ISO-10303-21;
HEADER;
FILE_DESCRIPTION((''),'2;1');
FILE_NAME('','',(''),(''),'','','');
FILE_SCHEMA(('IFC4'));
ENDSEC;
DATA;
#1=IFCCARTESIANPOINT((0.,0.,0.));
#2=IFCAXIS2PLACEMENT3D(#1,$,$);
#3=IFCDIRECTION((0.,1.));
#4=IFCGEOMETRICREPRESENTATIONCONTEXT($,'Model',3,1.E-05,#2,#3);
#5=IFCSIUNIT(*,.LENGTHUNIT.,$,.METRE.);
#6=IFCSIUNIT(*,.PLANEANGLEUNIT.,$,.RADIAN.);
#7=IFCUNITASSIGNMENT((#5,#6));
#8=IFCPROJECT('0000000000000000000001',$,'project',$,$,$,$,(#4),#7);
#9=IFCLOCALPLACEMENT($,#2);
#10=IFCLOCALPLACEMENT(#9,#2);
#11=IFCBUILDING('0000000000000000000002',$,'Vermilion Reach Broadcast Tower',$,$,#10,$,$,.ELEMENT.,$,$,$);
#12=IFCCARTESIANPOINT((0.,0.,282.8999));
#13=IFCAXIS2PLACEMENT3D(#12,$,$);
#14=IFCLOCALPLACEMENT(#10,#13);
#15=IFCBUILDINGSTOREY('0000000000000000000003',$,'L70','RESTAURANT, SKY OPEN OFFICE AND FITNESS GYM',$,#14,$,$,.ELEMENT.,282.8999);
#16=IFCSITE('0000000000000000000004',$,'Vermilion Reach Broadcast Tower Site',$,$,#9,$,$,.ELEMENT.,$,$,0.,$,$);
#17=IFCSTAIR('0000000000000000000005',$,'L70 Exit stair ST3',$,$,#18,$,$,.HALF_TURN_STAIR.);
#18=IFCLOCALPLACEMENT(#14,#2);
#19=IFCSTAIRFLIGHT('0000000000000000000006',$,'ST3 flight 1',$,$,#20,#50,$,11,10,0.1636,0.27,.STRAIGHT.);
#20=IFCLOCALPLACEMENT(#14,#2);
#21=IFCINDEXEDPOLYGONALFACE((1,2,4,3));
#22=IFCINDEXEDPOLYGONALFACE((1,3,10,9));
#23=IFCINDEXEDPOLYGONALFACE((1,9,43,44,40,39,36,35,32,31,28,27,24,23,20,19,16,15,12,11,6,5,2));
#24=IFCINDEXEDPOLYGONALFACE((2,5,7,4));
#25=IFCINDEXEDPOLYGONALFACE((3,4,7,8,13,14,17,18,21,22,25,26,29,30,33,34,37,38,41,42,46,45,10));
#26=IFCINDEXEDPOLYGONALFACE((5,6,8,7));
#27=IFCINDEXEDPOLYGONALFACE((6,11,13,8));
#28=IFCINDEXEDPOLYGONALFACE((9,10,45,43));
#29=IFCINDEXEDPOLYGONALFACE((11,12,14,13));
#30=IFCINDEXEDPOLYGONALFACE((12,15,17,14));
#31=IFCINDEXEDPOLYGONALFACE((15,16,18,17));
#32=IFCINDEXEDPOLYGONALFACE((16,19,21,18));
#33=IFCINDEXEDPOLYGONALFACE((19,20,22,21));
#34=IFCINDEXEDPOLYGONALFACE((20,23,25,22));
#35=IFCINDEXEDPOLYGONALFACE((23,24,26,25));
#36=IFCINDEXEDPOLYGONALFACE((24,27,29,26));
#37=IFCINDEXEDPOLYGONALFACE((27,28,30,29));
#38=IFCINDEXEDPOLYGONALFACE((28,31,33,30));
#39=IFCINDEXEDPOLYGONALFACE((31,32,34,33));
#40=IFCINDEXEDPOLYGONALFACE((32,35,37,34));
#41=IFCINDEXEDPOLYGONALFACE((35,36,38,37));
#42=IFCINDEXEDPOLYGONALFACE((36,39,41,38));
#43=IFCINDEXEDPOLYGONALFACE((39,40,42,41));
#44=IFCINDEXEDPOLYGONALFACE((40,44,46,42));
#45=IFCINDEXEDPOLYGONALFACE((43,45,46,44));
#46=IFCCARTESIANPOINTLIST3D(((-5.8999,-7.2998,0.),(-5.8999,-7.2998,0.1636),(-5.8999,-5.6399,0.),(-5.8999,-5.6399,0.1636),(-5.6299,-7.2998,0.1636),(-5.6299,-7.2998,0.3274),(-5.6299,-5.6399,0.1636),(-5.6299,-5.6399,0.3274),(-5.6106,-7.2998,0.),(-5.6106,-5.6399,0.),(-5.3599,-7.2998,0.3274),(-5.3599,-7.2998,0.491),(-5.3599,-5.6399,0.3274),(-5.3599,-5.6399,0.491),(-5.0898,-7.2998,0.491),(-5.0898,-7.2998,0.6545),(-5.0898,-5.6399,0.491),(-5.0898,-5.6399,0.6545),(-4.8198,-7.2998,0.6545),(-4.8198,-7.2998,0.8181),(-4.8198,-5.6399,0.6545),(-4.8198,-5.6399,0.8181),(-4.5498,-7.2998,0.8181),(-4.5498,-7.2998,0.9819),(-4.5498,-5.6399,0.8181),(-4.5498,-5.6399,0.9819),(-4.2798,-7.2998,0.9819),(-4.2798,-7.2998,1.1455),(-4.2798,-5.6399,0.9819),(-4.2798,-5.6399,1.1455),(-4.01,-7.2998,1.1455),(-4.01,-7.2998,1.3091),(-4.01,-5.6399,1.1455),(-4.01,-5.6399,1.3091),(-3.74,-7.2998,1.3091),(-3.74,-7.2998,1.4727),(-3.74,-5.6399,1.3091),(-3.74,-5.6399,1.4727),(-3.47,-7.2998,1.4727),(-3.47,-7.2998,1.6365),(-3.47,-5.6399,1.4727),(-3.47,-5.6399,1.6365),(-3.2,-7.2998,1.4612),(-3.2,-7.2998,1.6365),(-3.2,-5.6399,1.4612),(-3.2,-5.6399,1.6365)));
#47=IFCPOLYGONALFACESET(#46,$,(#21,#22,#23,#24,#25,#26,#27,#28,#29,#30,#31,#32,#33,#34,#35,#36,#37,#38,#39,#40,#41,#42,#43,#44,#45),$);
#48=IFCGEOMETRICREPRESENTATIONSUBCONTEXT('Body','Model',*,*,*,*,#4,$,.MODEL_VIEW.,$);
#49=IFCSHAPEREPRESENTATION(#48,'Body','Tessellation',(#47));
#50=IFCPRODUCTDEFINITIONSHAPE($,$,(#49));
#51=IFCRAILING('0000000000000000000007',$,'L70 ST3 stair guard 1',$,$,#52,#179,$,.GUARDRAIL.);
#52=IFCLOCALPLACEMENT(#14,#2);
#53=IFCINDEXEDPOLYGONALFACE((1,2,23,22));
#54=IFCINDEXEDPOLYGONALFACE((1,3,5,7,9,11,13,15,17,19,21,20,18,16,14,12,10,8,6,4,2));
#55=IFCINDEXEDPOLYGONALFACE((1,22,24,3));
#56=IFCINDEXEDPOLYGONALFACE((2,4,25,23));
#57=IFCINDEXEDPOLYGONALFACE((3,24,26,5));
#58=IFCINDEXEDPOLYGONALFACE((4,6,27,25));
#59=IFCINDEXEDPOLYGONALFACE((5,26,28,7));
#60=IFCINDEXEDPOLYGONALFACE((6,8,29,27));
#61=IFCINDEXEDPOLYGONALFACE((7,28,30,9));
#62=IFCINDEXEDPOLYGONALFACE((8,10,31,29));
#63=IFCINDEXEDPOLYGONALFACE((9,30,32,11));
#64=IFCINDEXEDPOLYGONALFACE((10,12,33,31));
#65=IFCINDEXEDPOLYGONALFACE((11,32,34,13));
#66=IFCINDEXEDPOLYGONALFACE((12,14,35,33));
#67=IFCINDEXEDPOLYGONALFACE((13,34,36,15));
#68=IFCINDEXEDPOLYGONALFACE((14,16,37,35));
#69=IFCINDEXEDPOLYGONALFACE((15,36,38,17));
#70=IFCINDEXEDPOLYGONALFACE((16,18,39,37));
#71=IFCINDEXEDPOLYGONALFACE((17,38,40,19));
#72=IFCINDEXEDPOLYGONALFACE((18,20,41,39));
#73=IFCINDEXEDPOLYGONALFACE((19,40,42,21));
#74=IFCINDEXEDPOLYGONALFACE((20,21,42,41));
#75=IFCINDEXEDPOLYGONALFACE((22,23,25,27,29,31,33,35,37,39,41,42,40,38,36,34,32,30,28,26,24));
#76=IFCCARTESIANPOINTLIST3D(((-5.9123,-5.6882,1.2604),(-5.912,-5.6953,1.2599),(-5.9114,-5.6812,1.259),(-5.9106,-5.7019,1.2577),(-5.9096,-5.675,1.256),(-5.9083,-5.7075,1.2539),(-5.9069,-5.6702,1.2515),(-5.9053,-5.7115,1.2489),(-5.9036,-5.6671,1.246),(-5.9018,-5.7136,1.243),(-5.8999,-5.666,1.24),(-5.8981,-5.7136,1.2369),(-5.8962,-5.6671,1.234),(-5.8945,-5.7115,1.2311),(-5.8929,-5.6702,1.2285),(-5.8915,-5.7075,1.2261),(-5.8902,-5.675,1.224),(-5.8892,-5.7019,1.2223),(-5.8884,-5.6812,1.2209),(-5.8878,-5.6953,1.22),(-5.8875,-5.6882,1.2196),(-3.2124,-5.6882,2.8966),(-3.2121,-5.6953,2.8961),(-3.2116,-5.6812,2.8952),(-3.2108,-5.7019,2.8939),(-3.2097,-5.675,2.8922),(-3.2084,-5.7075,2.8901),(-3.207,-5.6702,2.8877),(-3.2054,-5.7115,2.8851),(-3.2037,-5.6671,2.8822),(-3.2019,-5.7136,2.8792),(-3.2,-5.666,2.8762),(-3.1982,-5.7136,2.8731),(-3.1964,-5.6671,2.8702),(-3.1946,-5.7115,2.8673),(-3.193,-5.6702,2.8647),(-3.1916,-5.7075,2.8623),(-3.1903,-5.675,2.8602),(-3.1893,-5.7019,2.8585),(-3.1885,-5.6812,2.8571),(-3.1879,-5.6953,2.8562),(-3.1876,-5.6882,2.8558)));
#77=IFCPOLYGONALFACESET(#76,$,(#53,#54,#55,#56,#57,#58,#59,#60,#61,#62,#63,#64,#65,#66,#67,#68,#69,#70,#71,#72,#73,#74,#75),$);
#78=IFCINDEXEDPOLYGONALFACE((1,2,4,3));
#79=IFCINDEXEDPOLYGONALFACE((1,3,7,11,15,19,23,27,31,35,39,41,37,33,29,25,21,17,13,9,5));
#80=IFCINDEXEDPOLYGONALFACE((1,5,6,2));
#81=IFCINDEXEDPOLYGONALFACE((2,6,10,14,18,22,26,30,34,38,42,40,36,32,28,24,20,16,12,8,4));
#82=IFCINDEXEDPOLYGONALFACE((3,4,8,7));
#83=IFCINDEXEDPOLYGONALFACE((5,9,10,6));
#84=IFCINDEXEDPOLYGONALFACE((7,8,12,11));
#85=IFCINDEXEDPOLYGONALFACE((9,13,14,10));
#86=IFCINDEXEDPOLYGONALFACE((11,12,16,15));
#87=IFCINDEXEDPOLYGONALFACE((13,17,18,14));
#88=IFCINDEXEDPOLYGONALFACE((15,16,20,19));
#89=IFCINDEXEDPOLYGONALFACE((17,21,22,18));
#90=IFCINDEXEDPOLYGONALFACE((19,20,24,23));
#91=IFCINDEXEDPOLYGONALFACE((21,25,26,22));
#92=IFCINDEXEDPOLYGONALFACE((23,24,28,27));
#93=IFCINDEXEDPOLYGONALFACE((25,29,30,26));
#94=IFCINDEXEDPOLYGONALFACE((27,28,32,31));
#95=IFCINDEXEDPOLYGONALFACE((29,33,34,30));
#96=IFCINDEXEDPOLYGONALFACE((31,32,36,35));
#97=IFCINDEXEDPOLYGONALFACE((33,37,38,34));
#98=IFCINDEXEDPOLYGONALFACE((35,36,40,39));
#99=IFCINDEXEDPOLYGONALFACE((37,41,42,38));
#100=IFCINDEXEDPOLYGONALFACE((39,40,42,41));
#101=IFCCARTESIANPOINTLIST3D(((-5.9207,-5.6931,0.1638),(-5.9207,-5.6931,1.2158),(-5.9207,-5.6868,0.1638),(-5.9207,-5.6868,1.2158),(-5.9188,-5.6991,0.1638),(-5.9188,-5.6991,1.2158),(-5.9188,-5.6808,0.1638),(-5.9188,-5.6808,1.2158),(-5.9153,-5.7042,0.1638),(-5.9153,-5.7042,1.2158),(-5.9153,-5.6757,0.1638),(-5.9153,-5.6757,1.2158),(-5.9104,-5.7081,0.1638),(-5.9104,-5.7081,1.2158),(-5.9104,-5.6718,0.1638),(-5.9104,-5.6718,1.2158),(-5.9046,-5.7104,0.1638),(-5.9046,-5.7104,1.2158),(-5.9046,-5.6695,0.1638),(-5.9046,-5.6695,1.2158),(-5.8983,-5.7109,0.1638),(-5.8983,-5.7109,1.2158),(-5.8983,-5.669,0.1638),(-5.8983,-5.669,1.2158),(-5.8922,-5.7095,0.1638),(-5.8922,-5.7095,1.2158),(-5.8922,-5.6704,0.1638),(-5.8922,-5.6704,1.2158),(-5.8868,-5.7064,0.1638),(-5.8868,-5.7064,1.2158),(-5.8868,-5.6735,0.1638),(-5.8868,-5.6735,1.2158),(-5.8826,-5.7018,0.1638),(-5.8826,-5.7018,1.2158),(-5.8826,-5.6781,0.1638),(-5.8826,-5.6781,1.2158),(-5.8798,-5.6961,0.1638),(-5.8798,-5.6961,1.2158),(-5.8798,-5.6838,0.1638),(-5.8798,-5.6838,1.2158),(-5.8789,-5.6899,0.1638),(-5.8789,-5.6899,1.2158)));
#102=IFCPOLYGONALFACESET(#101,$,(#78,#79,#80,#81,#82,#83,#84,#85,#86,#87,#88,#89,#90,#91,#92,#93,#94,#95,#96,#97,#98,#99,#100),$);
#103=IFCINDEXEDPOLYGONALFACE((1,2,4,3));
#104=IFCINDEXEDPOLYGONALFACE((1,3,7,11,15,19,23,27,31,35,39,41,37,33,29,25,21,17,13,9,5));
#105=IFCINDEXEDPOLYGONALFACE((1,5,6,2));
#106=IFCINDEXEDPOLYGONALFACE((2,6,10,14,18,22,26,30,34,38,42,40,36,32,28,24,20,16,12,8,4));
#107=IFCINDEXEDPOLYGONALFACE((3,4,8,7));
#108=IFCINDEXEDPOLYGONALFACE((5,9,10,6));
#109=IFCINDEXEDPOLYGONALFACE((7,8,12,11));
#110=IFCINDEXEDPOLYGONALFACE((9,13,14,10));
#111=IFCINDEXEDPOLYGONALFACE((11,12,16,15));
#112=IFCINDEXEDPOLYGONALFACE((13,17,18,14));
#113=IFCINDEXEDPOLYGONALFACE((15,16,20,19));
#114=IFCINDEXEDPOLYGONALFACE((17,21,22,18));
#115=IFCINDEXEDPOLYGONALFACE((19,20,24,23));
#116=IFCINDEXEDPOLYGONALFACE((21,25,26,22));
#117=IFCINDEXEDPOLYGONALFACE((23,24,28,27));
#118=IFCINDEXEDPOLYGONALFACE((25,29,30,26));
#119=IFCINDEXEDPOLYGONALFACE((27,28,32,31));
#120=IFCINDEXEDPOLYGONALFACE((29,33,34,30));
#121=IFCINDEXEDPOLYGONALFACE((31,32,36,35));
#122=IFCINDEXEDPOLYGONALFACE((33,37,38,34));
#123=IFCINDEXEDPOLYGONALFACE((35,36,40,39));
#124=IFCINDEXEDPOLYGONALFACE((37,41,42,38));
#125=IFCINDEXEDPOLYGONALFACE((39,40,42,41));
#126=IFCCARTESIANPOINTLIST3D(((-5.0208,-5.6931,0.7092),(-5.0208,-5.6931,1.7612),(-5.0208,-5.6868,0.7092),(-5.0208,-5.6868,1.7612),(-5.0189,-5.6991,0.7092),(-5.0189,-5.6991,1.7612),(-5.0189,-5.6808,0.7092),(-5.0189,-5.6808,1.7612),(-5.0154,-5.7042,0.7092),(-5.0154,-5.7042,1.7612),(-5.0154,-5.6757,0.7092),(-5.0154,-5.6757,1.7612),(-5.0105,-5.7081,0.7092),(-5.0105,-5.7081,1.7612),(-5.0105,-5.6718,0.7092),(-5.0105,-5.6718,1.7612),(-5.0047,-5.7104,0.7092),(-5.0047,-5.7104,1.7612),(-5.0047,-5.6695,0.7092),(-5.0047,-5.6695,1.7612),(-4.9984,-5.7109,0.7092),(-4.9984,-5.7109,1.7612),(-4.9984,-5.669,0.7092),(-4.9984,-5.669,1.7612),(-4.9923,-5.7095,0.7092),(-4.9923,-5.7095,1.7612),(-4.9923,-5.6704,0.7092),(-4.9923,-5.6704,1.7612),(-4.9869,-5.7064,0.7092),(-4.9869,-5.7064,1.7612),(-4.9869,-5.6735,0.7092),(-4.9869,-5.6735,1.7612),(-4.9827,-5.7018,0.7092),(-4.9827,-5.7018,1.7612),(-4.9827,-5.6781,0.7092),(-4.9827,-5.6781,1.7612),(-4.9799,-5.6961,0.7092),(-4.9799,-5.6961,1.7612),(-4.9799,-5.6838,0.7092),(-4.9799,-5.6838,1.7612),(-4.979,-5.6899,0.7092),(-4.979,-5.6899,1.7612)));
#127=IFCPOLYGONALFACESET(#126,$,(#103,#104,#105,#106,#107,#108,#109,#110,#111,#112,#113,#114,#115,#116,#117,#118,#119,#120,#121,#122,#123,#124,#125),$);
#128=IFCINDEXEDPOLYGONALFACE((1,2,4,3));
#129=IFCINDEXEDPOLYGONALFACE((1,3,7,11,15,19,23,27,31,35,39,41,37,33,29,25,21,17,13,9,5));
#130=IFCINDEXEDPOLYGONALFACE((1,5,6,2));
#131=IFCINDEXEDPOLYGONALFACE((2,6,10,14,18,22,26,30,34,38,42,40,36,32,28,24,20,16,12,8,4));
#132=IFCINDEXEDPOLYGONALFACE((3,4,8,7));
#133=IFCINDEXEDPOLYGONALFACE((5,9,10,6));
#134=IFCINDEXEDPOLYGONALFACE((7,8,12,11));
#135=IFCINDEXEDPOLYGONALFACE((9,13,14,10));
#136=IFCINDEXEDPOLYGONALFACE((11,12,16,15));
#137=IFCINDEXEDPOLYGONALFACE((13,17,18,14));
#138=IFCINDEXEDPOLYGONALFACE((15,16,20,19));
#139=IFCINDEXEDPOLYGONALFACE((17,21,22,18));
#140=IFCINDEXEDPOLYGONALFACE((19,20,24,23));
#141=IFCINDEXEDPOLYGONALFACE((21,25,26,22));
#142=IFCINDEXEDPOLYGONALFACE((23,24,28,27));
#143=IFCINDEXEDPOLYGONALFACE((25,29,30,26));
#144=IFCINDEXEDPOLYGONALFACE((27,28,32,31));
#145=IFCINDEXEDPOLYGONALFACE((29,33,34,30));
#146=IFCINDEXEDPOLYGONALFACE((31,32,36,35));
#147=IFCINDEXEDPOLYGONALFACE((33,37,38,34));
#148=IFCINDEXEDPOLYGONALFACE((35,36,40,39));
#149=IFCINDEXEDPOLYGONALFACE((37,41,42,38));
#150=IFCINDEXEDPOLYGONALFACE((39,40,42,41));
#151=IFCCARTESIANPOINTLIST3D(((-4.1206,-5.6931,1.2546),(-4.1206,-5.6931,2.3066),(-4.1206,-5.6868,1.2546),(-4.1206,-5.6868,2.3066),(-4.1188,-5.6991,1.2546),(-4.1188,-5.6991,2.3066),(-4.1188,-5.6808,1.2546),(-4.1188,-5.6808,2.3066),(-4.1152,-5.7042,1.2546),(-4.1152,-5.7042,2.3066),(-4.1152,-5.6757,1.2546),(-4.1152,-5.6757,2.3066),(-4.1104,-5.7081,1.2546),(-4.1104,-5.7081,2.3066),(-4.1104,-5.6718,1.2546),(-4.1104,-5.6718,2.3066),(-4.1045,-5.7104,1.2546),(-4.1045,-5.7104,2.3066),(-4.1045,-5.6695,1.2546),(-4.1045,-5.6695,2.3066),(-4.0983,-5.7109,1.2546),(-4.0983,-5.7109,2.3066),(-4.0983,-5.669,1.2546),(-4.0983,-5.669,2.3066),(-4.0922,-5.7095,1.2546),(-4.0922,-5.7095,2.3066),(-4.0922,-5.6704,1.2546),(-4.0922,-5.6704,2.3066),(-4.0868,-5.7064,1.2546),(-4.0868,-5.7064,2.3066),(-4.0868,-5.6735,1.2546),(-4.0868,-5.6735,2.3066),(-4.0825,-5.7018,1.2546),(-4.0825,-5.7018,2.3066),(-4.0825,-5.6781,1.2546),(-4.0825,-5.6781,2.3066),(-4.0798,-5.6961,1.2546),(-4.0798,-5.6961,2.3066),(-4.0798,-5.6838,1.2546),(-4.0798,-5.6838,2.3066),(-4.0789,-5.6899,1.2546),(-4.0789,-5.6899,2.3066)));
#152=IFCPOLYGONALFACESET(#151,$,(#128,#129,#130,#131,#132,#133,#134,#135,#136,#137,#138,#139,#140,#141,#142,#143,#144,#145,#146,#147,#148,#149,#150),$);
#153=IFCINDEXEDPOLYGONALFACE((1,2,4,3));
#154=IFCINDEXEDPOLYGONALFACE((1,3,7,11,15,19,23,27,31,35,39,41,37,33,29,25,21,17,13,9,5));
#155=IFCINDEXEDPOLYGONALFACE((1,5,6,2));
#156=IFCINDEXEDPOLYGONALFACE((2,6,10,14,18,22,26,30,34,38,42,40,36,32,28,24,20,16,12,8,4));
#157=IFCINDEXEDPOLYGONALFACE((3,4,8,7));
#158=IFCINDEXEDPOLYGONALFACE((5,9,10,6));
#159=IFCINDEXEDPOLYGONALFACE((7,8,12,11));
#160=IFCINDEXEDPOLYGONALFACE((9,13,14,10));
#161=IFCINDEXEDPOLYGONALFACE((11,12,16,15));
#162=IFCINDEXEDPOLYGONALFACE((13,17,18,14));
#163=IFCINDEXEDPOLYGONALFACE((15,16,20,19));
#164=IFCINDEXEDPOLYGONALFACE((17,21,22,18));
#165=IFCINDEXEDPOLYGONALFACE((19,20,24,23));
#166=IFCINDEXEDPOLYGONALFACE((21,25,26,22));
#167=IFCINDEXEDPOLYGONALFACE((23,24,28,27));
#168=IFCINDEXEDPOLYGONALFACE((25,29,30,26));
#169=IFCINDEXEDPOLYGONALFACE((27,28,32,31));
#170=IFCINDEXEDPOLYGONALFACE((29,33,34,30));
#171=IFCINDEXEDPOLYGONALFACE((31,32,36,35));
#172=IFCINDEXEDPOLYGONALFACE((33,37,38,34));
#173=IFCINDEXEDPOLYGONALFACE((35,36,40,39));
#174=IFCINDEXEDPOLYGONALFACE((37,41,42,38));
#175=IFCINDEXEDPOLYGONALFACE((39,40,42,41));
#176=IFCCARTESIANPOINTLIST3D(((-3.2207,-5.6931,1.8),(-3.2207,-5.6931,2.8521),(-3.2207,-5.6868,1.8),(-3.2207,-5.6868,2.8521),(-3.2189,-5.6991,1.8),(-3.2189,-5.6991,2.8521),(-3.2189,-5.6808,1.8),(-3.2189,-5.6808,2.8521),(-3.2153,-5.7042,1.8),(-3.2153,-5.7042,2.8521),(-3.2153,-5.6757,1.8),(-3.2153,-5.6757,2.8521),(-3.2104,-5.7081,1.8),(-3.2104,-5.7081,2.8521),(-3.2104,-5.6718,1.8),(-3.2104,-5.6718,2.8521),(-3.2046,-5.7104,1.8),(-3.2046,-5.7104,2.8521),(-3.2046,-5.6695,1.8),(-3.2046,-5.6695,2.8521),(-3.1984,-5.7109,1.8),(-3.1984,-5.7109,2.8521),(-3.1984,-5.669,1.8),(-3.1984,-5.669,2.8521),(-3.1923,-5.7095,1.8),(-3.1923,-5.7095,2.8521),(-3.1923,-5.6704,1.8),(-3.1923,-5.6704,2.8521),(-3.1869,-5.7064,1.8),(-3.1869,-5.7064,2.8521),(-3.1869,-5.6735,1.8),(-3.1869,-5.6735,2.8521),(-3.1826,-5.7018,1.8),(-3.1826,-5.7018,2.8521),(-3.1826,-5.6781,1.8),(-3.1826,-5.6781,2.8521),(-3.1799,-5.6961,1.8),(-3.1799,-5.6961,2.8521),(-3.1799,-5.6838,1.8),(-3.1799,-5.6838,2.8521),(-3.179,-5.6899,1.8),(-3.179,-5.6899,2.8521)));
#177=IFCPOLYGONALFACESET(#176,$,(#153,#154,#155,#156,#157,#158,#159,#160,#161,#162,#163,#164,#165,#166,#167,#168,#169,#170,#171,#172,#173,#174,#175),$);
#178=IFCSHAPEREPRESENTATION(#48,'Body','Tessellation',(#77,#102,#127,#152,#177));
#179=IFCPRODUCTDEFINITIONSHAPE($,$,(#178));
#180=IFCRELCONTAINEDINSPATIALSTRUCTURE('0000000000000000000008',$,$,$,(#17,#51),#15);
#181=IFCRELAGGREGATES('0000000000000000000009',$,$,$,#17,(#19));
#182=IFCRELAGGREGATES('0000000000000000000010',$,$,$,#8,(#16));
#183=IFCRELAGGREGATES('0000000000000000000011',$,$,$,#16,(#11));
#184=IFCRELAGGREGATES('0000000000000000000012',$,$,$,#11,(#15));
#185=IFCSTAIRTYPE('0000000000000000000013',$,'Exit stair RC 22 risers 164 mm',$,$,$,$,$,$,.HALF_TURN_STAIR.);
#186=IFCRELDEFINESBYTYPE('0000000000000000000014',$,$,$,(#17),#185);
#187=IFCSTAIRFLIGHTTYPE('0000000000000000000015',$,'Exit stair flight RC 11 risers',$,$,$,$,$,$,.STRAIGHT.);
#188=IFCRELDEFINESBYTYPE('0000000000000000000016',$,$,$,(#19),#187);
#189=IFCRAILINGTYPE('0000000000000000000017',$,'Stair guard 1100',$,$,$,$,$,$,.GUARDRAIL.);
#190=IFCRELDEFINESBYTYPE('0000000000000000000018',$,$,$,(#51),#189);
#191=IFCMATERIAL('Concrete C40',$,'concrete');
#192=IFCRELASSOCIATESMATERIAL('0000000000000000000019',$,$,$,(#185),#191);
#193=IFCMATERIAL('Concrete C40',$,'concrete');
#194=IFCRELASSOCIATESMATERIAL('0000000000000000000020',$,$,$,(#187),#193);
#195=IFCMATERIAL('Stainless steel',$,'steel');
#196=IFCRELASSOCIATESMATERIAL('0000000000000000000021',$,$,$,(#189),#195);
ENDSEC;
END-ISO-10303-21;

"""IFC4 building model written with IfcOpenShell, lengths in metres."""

from ifc_helpers import new_model, si_unit, direction, frame, origin, origin_2d, place, context, subcontext, project, spatial, polyline, circle, outline, extrude, material, type_object, element, aggregate, save


model = new_model("IFC4")

# Units and contexts
model_context = context("Model", 3, precision=1e-05, world=origin(), true_north=direction((0.0, 1.0)))
body_context = subcontext(model_context, "Body", "Model", "MODEL_VIEW")
ifc_project = project(units=[si_unit("LENGTHUNIT", "METRE"), si_unit("PLANEANGLEUNIT", "RADIAN")], contexts=[model_context])

# Site, building, storey
site_placement = place(None, origin())
site = spatial("IfcSite", under=ifc_project, at=site_placement, Name="Vermilion Reach Broadcast Tower Site", CompositionType="ELEMENT", RefElevation=0.0)
building_placement = place(site_placement, origin())
building = spatial("IfcBuilding", under=site, at=building_placement, Name="Vermilion Reach Broadcast Tower", CompositionType="ELEMENT")
storey_placement = place(building_placement, frame((0.0, 0.0, 282.8999)))
storey = spatial("IfcBuildingStorey", under=building, at=storey_placement, Name="L70", Description="RESTAURANT, SKY OPEN OFFICE AND FITNESS GYM", CompositionType="ELEMENT", Elevation=282.8999)

# Stair, stair flight
ifc_material_1 = material(Name="Concrete C40", Category="concrete")
stair_type = type_object("IfcStairType", Name="Exit stair RC 22 risers 164 mm", PredefinedType="HALF_TURN_STAIR", material=ifc_material_1)
stair_placement = place(storey_placement, origin())
stair = element("IfcStair", 1, at=stair_placement, inside=storey, type_object=stair_type, Name="L70 Exit stair ST3", PredefinedType="HALF_TURN_STAIR")
ifc_material_2 = material(Name="Concrete C40", Category="concrete")
stair_flight_type = type_object("IfcStairFlightType", Name="Exit stair flight RC 11 risers", PredefinedType="STRAIGHT", material=ifc_material_2)
stair_flight_placement = place(storey_placement, frame((-5.8999, -6.47, 0.0), z_axis=(0.0, 0.0, 1.0), x_axis=(1.0, 0.0, 0.0)))
stair_flight = element("IfcStairFlight", 2, at=stair_flight_placement, type_object=stair_flight_type, Name="ST3 flight 1", NumberOfRisers=11, NumberOfTreads=10, PredefinedType="STRAIGHT", RiserHeight=0.1636, TreadLength=0.27, context=body_context, shape_type="SweptSolid", body=[
    extrude(outline(polyline([(0.0, 0.0), (0.0, 0.1636), (0.27, 0.1636), (0.27, 0.3274), (0.54, 0.3274), (0.54, 0.491), (0.8101, 0.491), (0.8101, 0.6545), (1.0801, 0.6545), (1.0801, 0.8181), (1.3501, 0.8181), (1.3501, 0.9819), (1.6201, 0.9819), (1.6201, 1.1455), (1.8899, 1.1455), (1.8899, 1.3091), (2.1599, 1.3091), (2.1599, 1.4727), (2.4299, 1.4727), (2.4299, 1.6365), (2.7, 1.6365), (2.7, 1.8), (2.7, 1.4612), (0.2893, 0.0), (0.0, 0.0)])), frame((0.0, 0.8301, 0.0), z_axis=(0.0, -1.0, 0.0), x_axis=(1.0, 0.0, 0.0)), (0.0, 0.0, 1.0), 1.6599),
])
aggregate(stair, [stair_flight])

# Railing
ifc_material_3 = material(Name="Stainless steel", Category="steel")
railing_type_1 = type_object("IfcRailingType", Name="Stair guard 1100", PredefinedType="GUARDRAIL", material=ifc_material_3)
railing_1_placement = place(storey_placement, frame((-5.8999, -5.6899, 0.1638)))
element("IfcRailing", 3, at=railing_1_placement, inside=storey, type_object=railing_type_1, Name="L70 ST3 stair guard 1", PredefinedType="GUARDRAIL", context=body_context, shape_type="SweptSolid", body=[
    extrude(circle(Radius=0.0239, at=origin_2d()), frame((0.0, 0.0, 1.0762), z_axis=(0.855212, 0.0, 0.518278), x_axis=(0.0, 1.0, 0.0)), (0.0, 0.0, 1.0), 3.157),
    extrude(circle(Radius=0.021, at=origin_2d()), origin(), (0.0, 0.0, 1.0), 1.052),
    extrude(circle(Radius=0.021, at=origin_2d()), frame((0.8999, 0.0, 0.5454)), (0.0, 0.0, 1.0), 1.052),
    extrude(circle(Radius=0.021, at=origin_2d()), frame((1.8, 0.0, 1.0908)), (0.0, 0.0, 1.0), 1.052),
    extrude(circle(Radius=0.021, at=origin_2d()), frame((2.7, 0.0, 1.6362)), (0.0, 0.0, 1.0), 1.052),
])

save(model, "model.ifc")
